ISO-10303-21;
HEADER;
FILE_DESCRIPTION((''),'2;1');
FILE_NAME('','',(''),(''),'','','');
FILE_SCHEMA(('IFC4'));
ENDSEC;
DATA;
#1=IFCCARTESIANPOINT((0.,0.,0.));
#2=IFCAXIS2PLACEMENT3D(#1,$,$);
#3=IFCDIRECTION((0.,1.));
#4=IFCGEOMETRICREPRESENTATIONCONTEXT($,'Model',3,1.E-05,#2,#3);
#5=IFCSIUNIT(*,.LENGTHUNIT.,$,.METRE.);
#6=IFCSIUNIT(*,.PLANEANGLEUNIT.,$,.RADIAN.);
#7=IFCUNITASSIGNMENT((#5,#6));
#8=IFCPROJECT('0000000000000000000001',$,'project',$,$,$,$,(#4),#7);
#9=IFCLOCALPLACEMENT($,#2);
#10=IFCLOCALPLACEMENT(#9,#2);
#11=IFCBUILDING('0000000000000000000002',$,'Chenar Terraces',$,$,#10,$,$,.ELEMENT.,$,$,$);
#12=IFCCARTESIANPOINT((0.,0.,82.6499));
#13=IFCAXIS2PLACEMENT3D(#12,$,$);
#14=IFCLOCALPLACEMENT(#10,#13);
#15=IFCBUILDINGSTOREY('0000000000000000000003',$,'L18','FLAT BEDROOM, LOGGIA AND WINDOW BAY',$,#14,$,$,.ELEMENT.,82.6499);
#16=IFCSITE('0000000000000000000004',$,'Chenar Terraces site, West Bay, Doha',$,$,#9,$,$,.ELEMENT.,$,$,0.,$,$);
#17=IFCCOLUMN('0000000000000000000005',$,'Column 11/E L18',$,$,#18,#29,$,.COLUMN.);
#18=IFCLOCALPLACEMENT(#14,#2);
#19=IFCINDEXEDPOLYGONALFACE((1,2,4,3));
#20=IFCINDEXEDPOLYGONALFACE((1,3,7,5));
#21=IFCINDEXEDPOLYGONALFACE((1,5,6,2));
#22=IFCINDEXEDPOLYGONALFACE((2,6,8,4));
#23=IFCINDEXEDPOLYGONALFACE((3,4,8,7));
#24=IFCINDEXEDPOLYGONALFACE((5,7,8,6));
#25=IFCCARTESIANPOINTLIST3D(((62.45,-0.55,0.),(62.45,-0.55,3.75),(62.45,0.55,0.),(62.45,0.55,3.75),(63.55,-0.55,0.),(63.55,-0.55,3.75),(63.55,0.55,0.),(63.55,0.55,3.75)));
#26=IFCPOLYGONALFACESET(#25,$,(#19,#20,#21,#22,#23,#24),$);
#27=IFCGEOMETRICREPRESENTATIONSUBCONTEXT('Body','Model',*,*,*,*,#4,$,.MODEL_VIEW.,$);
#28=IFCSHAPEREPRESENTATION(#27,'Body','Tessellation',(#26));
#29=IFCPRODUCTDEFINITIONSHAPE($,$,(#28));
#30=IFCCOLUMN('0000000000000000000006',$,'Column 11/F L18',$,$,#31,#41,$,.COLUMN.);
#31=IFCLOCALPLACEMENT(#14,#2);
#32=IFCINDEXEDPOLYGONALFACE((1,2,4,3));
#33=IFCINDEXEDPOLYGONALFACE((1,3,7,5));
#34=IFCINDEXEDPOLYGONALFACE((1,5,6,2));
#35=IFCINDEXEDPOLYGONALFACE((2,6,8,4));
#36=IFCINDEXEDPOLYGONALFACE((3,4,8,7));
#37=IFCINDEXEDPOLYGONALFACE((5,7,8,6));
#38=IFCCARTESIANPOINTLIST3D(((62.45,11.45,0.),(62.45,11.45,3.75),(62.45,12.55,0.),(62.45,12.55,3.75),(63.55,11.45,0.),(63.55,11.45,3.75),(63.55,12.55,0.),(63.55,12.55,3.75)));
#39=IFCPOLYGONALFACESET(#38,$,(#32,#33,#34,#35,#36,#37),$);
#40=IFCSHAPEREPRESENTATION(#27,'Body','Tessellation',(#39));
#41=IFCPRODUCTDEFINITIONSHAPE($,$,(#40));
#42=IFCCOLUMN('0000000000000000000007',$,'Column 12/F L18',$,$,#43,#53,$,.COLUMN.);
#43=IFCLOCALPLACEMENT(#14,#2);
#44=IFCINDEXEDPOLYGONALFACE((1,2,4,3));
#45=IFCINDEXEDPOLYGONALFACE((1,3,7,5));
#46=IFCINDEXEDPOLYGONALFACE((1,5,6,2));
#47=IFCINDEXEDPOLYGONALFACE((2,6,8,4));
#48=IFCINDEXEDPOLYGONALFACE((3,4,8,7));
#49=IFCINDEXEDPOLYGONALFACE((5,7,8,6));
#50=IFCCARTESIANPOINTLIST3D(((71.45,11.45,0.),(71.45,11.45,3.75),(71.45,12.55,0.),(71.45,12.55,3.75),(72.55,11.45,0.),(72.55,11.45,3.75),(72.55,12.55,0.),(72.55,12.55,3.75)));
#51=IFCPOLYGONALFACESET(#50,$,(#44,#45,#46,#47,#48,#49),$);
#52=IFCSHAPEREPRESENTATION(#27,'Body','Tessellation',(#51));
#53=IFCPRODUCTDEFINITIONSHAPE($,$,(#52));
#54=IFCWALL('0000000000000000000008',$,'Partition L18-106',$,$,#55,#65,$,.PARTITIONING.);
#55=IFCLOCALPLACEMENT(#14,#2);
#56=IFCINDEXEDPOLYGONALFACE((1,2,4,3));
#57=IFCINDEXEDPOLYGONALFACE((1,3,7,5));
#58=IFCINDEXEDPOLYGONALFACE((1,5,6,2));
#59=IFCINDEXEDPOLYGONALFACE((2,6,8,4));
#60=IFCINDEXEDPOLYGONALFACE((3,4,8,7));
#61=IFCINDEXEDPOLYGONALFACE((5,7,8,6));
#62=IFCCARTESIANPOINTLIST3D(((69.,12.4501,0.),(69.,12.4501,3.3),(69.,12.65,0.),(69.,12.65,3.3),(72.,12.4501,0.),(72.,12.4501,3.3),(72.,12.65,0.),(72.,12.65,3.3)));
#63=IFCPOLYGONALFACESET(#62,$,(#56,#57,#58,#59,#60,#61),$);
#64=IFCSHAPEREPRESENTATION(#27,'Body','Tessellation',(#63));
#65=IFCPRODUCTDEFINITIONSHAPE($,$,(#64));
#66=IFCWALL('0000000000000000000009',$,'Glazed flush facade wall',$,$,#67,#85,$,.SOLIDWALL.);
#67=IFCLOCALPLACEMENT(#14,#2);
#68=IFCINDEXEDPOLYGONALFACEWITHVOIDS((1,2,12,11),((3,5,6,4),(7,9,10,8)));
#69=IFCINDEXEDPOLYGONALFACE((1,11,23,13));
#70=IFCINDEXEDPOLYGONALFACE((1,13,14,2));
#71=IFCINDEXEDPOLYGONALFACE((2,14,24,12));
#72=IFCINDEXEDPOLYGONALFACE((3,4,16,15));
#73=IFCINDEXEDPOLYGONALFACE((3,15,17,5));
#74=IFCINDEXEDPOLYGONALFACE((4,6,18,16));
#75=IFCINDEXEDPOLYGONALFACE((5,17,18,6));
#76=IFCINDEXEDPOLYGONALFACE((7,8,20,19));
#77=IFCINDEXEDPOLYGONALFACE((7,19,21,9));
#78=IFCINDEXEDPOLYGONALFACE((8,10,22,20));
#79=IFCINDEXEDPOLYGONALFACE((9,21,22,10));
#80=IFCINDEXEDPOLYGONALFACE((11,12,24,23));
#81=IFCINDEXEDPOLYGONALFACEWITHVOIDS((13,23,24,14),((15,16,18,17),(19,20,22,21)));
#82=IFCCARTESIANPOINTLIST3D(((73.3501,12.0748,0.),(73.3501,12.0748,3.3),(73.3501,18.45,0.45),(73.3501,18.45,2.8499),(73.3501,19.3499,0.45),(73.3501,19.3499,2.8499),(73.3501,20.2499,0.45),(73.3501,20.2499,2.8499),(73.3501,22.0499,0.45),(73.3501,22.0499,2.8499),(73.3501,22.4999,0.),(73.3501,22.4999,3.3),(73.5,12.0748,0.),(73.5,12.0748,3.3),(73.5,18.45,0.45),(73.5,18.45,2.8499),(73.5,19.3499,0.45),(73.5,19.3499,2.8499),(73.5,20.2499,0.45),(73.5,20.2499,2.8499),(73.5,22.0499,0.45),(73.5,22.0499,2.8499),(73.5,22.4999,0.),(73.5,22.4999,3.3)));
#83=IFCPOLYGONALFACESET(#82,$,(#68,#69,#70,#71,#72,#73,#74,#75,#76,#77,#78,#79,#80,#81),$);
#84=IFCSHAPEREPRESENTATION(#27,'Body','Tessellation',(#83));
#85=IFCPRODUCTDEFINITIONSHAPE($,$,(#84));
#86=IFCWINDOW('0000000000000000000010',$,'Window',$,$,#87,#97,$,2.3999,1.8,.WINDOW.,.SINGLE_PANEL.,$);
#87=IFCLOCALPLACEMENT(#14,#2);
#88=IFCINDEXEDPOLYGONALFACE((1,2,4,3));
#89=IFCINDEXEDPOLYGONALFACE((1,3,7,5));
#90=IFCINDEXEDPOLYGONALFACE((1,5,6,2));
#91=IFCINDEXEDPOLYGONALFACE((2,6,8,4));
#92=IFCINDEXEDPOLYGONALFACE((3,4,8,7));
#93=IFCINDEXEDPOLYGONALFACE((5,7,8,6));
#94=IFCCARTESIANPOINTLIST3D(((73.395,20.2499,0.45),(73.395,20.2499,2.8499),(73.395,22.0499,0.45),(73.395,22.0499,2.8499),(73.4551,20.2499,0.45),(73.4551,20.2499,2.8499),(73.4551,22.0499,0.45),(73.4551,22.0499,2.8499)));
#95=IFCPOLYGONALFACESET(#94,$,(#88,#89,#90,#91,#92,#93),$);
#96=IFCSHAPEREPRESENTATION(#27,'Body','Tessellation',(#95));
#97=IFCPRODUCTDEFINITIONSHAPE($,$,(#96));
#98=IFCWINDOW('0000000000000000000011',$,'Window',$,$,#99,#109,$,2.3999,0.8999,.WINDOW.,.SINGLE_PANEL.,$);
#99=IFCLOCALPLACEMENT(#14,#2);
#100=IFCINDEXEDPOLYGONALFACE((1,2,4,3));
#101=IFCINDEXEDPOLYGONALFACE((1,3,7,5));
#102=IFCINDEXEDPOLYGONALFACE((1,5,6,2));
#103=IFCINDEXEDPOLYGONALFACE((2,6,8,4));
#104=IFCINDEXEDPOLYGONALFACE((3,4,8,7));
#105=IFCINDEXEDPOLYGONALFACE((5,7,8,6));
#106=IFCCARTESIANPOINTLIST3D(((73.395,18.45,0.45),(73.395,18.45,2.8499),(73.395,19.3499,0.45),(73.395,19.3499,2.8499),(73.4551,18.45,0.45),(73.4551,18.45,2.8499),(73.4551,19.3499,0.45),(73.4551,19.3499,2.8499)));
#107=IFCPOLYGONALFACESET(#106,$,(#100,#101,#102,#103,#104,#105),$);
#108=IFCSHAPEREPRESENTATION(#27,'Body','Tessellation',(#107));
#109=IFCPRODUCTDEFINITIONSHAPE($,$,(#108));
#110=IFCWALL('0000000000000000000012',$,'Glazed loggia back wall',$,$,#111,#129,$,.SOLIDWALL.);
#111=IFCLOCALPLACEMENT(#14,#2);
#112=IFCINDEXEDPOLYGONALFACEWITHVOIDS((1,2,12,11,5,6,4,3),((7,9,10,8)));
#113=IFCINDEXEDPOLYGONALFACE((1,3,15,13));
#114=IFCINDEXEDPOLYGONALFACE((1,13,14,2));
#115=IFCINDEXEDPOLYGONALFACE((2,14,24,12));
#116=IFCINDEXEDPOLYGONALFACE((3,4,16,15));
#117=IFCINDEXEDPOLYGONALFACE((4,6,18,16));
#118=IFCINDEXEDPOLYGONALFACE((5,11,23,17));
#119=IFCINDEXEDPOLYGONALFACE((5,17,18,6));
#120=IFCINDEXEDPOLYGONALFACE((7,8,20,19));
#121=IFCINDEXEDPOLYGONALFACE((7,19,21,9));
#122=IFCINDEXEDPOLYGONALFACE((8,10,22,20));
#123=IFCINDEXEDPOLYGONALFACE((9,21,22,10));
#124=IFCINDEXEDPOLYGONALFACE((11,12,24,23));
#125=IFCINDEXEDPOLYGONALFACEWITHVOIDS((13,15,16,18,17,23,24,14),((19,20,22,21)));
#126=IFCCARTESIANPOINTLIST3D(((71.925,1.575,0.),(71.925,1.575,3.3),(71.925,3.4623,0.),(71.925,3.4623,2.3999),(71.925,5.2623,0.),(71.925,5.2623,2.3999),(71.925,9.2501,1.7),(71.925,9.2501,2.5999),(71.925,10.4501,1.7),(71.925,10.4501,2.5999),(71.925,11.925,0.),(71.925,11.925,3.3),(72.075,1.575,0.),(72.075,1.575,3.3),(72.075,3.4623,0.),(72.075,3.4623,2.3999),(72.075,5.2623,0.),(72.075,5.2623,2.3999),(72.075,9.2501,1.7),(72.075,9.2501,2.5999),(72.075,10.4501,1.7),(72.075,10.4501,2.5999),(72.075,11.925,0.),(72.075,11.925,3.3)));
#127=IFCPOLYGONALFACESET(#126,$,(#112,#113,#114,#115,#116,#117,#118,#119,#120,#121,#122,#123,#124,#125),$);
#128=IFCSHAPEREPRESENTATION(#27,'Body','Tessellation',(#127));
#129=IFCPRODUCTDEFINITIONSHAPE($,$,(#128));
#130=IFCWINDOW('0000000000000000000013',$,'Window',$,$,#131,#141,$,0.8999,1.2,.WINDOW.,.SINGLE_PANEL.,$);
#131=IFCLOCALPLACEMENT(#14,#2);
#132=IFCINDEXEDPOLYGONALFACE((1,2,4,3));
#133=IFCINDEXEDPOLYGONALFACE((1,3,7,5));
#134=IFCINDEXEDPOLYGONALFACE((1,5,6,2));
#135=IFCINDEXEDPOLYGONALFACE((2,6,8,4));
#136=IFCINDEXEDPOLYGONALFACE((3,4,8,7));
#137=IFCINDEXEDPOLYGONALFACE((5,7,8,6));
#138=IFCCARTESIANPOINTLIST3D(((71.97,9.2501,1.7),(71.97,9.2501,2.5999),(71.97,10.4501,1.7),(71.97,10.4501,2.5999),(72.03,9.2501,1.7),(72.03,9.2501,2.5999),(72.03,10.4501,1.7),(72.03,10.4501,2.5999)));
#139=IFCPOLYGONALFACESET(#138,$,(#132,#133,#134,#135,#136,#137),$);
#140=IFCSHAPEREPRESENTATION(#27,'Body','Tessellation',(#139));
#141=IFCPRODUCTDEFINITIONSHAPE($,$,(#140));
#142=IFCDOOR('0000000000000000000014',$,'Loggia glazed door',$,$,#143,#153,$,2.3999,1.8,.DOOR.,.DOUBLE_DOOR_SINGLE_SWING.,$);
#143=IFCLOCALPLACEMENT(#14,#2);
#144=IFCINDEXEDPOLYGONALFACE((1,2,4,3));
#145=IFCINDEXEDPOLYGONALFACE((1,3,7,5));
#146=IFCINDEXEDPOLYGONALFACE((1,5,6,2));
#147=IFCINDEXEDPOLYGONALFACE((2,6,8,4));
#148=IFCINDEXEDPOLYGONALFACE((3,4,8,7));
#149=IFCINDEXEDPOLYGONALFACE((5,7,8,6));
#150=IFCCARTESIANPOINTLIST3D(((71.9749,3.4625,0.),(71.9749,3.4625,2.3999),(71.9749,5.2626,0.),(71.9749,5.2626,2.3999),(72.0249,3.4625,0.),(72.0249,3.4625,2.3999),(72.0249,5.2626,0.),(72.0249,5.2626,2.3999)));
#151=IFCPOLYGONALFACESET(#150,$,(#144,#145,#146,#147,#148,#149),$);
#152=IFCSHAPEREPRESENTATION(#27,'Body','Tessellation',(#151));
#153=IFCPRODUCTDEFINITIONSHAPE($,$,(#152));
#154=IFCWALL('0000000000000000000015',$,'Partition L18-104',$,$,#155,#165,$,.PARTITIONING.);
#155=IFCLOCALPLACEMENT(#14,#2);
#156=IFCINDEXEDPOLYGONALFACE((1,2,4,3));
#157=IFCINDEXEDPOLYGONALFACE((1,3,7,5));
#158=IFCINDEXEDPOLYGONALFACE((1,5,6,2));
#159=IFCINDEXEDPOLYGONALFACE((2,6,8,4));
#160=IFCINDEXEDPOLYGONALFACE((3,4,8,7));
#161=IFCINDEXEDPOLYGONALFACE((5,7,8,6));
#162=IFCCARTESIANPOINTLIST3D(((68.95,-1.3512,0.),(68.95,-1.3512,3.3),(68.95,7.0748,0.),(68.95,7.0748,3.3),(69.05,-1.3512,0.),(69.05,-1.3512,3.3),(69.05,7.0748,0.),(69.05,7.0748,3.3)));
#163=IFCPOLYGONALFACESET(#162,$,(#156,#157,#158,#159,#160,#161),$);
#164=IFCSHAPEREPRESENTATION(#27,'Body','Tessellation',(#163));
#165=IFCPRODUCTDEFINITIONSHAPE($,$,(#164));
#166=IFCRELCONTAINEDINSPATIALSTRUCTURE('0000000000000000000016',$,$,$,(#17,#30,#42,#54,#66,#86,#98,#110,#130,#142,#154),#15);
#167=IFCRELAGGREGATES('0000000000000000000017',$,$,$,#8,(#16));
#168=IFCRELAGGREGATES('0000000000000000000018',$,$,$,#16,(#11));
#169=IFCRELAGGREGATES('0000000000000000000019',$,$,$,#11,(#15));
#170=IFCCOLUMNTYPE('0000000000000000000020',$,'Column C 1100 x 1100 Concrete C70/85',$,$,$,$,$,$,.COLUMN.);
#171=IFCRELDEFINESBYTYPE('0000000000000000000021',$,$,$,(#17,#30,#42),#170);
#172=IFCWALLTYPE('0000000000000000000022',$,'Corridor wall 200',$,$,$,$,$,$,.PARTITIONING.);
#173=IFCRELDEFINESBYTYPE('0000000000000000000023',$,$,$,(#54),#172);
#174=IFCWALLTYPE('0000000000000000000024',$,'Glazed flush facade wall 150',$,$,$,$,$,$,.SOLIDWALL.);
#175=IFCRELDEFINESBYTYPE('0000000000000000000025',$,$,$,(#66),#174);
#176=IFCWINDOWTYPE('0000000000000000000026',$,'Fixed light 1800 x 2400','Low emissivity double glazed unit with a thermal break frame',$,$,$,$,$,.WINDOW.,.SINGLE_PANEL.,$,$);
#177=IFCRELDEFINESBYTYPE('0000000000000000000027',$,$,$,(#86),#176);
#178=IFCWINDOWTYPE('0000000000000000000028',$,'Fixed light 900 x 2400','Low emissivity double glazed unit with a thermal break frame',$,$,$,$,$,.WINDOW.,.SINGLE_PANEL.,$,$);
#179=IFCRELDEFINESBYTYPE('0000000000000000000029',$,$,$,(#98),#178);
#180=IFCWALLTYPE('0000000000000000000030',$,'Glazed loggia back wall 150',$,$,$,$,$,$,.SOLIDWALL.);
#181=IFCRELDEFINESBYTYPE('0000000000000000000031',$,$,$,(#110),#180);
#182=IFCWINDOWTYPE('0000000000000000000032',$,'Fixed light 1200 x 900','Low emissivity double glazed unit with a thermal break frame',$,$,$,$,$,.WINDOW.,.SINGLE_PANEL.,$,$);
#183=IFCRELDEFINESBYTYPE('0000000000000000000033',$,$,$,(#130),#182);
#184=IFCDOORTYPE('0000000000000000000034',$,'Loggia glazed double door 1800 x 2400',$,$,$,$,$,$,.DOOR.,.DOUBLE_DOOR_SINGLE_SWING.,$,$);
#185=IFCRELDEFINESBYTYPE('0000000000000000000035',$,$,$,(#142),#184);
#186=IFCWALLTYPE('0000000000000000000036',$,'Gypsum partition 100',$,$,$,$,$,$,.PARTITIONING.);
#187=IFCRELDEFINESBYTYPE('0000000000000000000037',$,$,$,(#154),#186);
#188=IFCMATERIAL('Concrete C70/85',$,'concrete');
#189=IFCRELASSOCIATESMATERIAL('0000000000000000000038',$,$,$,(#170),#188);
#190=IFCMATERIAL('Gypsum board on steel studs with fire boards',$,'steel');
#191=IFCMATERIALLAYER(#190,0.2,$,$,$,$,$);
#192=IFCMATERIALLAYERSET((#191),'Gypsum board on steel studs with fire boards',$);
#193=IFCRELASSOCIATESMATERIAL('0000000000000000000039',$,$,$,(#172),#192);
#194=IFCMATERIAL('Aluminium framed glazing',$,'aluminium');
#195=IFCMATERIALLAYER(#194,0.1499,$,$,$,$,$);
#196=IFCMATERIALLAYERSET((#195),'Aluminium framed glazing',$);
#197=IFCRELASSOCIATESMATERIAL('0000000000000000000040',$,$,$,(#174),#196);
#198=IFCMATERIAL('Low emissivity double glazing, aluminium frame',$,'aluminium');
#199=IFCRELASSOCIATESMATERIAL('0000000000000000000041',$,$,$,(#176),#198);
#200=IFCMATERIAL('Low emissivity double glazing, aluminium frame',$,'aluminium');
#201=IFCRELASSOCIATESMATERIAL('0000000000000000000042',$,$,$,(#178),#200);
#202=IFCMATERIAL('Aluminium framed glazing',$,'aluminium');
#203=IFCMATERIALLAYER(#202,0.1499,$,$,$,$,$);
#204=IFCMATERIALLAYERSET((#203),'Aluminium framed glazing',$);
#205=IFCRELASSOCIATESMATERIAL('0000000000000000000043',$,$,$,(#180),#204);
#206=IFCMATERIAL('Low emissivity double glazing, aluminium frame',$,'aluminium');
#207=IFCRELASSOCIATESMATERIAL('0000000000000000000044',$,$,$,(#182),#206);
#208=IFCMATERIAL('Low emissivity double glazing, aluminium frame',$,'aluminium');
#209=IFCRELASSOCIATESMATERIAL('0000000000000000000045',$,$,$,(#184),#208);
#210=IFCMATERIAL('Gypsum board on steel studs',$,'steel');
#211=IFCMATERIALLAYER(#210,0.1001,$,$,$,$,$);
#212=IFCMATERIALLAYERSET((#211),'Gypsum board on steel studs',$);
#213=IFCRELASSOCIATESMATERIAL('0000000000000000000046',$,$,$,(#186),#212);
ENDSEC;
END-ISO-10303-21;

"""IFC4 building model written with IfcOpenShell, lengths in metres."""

from ifc_helpers import new_model, si_unit, direction, frame, frame_2d, origin, origin_2d, place, context, subcontext, project, spatial, rectangle, extrude, material, layer, layer_set, material_profile, profile_set, type_object, element, fill, save


model = new_model("IFC4")

# Units and contexts
model_context = context("Model", 3, precision=1e-05, world=origin(), true_north=direction((0.0, 1.0)))
body_context = subcontext(model_context, "Body", "Model", "MODEL_VIEW")
ifc_project = project(units=[si_unit("LENGTHUNIT", "METRE"), si_unit("PLANEANGLEUNIT", "RADIAN")], contexts=[model_context])

# Site, building, storey
site_placement = place(None, origin())
site = spatial("IfcSite", under=ifc_project, at=site_placement, Name="Chenar Terraces site, West Bay, Doha", CompositionType="ELEMENT", RefElevation=0.0)
building_placement = place(site_placement, origin())
building = spatial("IfcBuilding", under=site, at=building_placement, Name="Chenar Terraces", CompositionType="ELEMENT")
storey_placement = place(building_placement, frame((0.0, 0.0, 82.6499)))
storey = spatial("IfcBuildingStorey", under=building, at=storey_placement, Name="L18", Description="FLAT BEDROOM, LOGGIA AND WINDOW BAY", CompositionType="ELEMENT", Elevation=82.6499)

# Columns
ifc_material_1 = material(Name="Concrete C70/85", Category="concrete")
ifc_material_profile = material_profile(ifc_material_1, rectangle(XDim=1.1001, YDim=1.1001, at=origin_2d()), Name="C 1100 x 1100")
ifc_profile_set = profile_set([ifc_material_profile], Name="Concrete C70/85")
column_type = type_object("IfcColumnType", Name="Column C 1100 x 1100 Concrete C70/85", PredefinedType="COLUMN", material=ifc_profile_set)
for number, where, z_axis, x_axis, name in (
    (1, (63.0, 0.0, 0.0), (0.0, 0.0, 1.0), (1.0, 0.0, 0.0), "Column 11/E L18"),
    (2, (63.0, 12.0, 0.0), (0.0, 0.0, 1.0), (1.0, 0.0, 0.0), "Column 11/F L18"),
    (3, (72.0, 12.0, 0.0), (0.0, 0.0, 1.0), (1.0, 0.0, 0.0), "Column 12/F L18"),
):
    element("IfcColumn", number, at=place(storey_placement, frame(where, z_axis=z_axis, x_axis=x_axis)), inside=storey, type_object=column_type, Name=name, PredefinedType="COLUMN", context=body_context, shape_type="SweptSolid", body=[
        extrude(rectangle(XDim=1.1001, YDim=1.1001, at=origin_2d()), origin(), (0.0, 0.0, 1.0), 3.75),
    ])

# Wall
ifc_material_2 = material(Name="Gypsum board on steel studs with fire boards", Category="steel")
ifc_layer_1 = layer(ifc_material_2, 0.2)
ifc_layer_set_1 = layer_set([ifc_layer_1], Name="Gypsum board on steel studs with fire boards")
wall_type_1 = type_object("IfcWallType", Name="Corridor wall 200", PredefinedType="PARTITIONING", material=ifc_layer_set_1)
wall_1_placement = place(storey_placement, frame((69.0, 12.55, 0.0), z_axis=(0.0, 0.0, 1.0), x_axis=(1.0, 0.0, 0.0)))
element("IfcWall", 4, at=wall_1_placement, inside=storey, type_object=wall_type_1, Name="Partition L18-106", PredefinedType="PARTITIONING", context=body_context, shape_type="SweptSolid", body=[
    extrude(rectangle(XDim=3.0, YDim=0.2, at=frame_2d((1.5, 0.0))), origin(), (0.0, 0.0, 1.0), 3.3),
])

# Wall, openings, windows
ifc_material_3 = material(Name="Aluminium framed glazing", Category="aluminium")
ifc_layer_2 = layer(ifc_material_3, 0.1499)
ifc_layer_set_2 = layer_set([ifc_layer_2], Name="Aluminium framed glazing")
wall_type_2 = type_object("IfcWallType", Name="Glazed flush facade wall 150", PredefinedType="SOLIDWALL", material=ifc_layer_set_2)
wall_2_placement = place(storey_placement, frame((73.425, 12.075, 0.0), z_axis=(0.0, 0.0, 1.0), x_axis=(0.0, 1.0, 0.0)))
wall_2 = element("IfcWall", 5, at=wall_2_placement, inside=storey, type_object=wall_type_2, Name="Glazed flush facade wall", PredefinedType="SOLIDWALL", context=body_context, shape_type="SweptSolid", body=[
    extrude(rectangle(XDim=10.425, YDim=0.1499, at=frame_2d((5.2124, 0.0))), origin(), (0.0, 0.0, 1.0), 3.3),
])
opening_1_placement = place(wall_2_placement, frame((6.375, 0.0, 0.45)))
opening_1 = element("IfcOpeningElement", 6, at=opening_1_placement, cuts=wall_2, PredefinedType="OPENING", context=body_context, shape_type="SweptSolid", body=[
    extrude(rectangle(XDim=0.8999, YDim=2.3999, at=frame_2d((0.45, 1.2))), frame((0.0, 0.085, 0.0), z_axis=(0.0, -1.0, 0.0), x_axis=(1.0, 0.0, 0.0)), (0.0, 0.0, 1.0), 0.1699),
])
opening_2_placement = place(wall_2_placement, frame((8.175, 0.0, 0.45)))
opening_2 = element("IfcOpeningElement", 7, at=opening_2_placement, cuts=wall_2, PredefinedType="OPENING", context=body_context, shape_type="SweptSolid", body=[
    extrude(rectangle(XDim=1.8, YDim=2.3999, at=frame_2d((0.8999, 1.2))), frame((0.0, 0.085, 0.0), z_axis=(0.0, -1.0, 0.0), x_axis=(1.0, 0.0, 0.0)), (0.0, 0.0, 1.0), 0.1699),
])
ifc_material_4 = material(Name="Low emissivity double glazing, aluminium frame", Category="aluminium")
window_type_1 = type_object("IfcWindowType", Name="Fixed light 1800 x 2400", Description="Low emissivity double glazed unit with a thermal break frame", PartitioningType="SINGLE_PANEL", PredefinedType="WINDOW", material=ifc_material_4)
window_1_placement = place(opening_2_placement, origin())
window_1 = element("IfcWindow", 8, at=window_1_placement, inside=storey, type_object=window_type_1, Name="Window", OverallHeight=2.3999, OverallWidth=1.8, PartitioningType="SINGLE_PANEL", PredefinedType="WINDOW", context=body_context, shape_type="SweptSolid", body=[
    extrude(rectangle(XDim=1.8, YDim=2.3999, at=frame_2d((0.8999, 1.2))), frame((0.0, 0.03, 0.0), z_axis=(0.0, -1.0, 0.0), x_axis=(1.0, 0.0, 0.0)), (0.0, 0.0, 1.0), 0.0601),
])
fill(opening_2, window_1)
ifc_material_5 = material(Name="Low emissivity double glazing, aluminium frame", Category="aluminium")
window_type_2 = type_object("IfcWindowType", Name="Fixed light 900 x 2400", Description="Low emissivity double glazed unit with a thermal break frame", PartitioningType="SINGLE_PANEL", PredefinedType="WINDOW", material=ifc_material_5)
window_2_placement = place(opening_1_placement, origin())
window_2 = element("IfcWindow", 9, at=window_2_placement, inside=storey, type_object=window_type_2, Name="Window", OverallHeight=2.3999, OverallWidth=0.8999, PartitioningType="SINGLE_PANEL", PredefinedType="WINDOW", context=body_context, shape_type="SweptSolid", body=[
    extrude(rectangle(XDim=0.8999, YDim=2.3999, at=frame_2d((0.45, 1.2))), frame((0.0, 0.03, 0.0), z_axis=(0.0, -1.0, 0.0), x_axis=(1.0, 0.0, 0.0)), (0.0, 0.0, 1.0), 0.0601),
])
fill(opening_1, window_2)

# Wall, openings, window, door
ifc_material_6 = material(Name="Aluminium framed glazing", Category="aluminium")
ifc_layer_3 = layer(ifc_material_6, 0.1499)
ifc_layer_set_3 = layer_set([ifc_layer_3], Name="Aluminium framed glazing")
wall_type_3 = type_object("IfcWallType", Name="Glazed loggia back wall 150", PredefinedType="SOLIDWALL", material=ifc_layer_set_3)
wall_3_placement = place(storey_placement, frame((72.0, 1.575, 0.0), z_axis=(0.0, 0.0, 1.0), x_axis=(0.0, 1.0, 0.0)))
wall_3 = element("IfcWall", 10, at=wall_3_placement, inside=storey, type_object=wall_type_3, Name="Glazed loggia back wall", PredefinedType="SOLIDWALL", context=body_context, shape_type="SweptSolid", body=[
    extrude(rectangle(XDim=10.3501, YDim=0.1499, at=frame_2d((5.175, 0.0))), origin(), (0.0, 0.0, 1.0), 3.3),
])
opening_3_placement = place(wall_3_placement, frame((1.8875, 0.0, 0.0)))
opening_3 = element("IfcOpeningElement", 11, at=opening_3_placement, cuts=wall_3, PredefinedType="OPENING", context=body_context, shape_type="SweptSolid", body=[
    extrude(rectangle(XDim=1.8, YDim=2.3999, at=frame_2d((0.8999, 1.2))), frame((0.0, 0.085, 0.0), z_axis=(0.0, -1.0, 0.0), x_axis=(1.0, 0.0, 0.0)), (0.0, 0.0, 1.0), 0.1699),
])
opening_4_placement = place(wall_3_placement, frame((7.675, 0.0, 1.7)))
opening_4 = element("IfcOpeningElement", 12, at=opening_4_placement, cuts=wall_3, PredefinedType="OPENING", context=body_context, shape_type="SweptSolid", body=[
    extrude(rectangle(XDim=1.2, YDim=0.8999, at=frame_2d((0.6001, 0.45))), frame((0.0, 0.085, 0.0), z_axis=(0.0, -1.0, 0.0), x_axis=(1.0, 0.0, 0.0)), (0.0, 0.0, 1.0), 0.1699),
])
ifc_material_7 = material(Name="Low emissivity double glazing, aluminium frame", Category="aluminium")
window_type_3 = type_object("IfcWindowType", Name="Fixed light 1200 x 900", Description="Low emissivity double glazed unit with a thermal break frame", PartitioningType="SINGLE_PANEL", PredefinedType="WINDOW", material=ifc_material_7)
window_3_placement = place(opening_4_placement, origin())
window_3 = element("IfcWindow", 13, at=window_3_placement, inside=storey, type_object=window_type_3, Name="Window", OverallHeight=0.8999, OverallWidth=1.2, PartitioningType="SINGLE_PANEL", PredefinedType="WINDOW", context=body_context, shape_type="SweptSolid", body=[
    extrude(rectangle(XDim=1.2, YDim=0.8999, at=frame_2d((0.6001, 0.45))), frame((0.0, 0.03, 0.0), z_axis=(0.0, -1.0, 0.0), x_axis=(1.0, 0.0, 0.0)), (0.0, 0.0, 1.0), 0.0601),
])
fill(opening_4, window_3)
ifc_material_8 = material(Name="Low emissivity double glazing, aluminium frame", Category="aluminium")
door_type_1 = type_object("IfcDoorType", Name="Loggia glazed double door 1800 x 2400", OperationType="DOUBLE_DOOR_SINGLE_SWING", PredefinedType="DOOR", material=ifc_material_8)
door_1_placement = place(opening_3_placement, frame((1.8, 0.0, 0.0), z_axis=(0.0, 0.0, 1.0), x_axis=(-1.0, 0.0, 0.0)))
door_1 = element("IfcDoor", 14, at=door_1_placement, inside=storey, type_object=door_type_1, Name="Loggia glazed door", OperationType="DOUBLE_DOOR_SINGLE_SWING", OverallHeight=2.3999, OverallWidth=1.8, PredefinedType="DOOR", context=body_context, shape_type="SweptSolid", body=[
    extrude(rectangle(XDim=1.8, YDim=2.3999, at=frame_2d((0.8999, 1.2))), frame((0.0, 0.0249, 0.0), z_axis=(0.0, -1.0, 0.0), x_axis=(1.0, 0.0, 0.0)), (0.0, 0.0, 1.0), 0.05),
])
fill(opening_3, door_1)

# Wall
ifc_material_9 = material(Name="Gypsum board on steel studs", Category="steel")
ifc_layer_4 = layer(ifc_material_9, 0.1001)
ifc_layer_set_4 = layer_set([ifc_layer_4], Name="Gypsum board on steel studs")
wall_type_4 = type_object("IfcWallType", Name="Gypsum partition 100", PredefinedType="PARTITIONING", material=ifc_layer_set_4)
wall_4_placement = place(storey_placement, frame((69.0, -1.3511, 0.0), z_axis=(0.0, 0.0, 1.0), x_axis=(0.0, 1.0, 0.0)))
element("IfcWall", 15, at=wall_4_placement, inside=storey, type_object=wall_type_4, Name="Partition L18-104", PredefinedType="PARTITIONING", context=body_context, shape_type="SweptSolid", body=[
    extrude(rectangle(XDim=8.426, YDim=0.1001, at=frame_2d((4.2129, 0.0))), origin(), (0.0, 0.0, 1.0), 3.3),
])

save(model, "model.ifc")
